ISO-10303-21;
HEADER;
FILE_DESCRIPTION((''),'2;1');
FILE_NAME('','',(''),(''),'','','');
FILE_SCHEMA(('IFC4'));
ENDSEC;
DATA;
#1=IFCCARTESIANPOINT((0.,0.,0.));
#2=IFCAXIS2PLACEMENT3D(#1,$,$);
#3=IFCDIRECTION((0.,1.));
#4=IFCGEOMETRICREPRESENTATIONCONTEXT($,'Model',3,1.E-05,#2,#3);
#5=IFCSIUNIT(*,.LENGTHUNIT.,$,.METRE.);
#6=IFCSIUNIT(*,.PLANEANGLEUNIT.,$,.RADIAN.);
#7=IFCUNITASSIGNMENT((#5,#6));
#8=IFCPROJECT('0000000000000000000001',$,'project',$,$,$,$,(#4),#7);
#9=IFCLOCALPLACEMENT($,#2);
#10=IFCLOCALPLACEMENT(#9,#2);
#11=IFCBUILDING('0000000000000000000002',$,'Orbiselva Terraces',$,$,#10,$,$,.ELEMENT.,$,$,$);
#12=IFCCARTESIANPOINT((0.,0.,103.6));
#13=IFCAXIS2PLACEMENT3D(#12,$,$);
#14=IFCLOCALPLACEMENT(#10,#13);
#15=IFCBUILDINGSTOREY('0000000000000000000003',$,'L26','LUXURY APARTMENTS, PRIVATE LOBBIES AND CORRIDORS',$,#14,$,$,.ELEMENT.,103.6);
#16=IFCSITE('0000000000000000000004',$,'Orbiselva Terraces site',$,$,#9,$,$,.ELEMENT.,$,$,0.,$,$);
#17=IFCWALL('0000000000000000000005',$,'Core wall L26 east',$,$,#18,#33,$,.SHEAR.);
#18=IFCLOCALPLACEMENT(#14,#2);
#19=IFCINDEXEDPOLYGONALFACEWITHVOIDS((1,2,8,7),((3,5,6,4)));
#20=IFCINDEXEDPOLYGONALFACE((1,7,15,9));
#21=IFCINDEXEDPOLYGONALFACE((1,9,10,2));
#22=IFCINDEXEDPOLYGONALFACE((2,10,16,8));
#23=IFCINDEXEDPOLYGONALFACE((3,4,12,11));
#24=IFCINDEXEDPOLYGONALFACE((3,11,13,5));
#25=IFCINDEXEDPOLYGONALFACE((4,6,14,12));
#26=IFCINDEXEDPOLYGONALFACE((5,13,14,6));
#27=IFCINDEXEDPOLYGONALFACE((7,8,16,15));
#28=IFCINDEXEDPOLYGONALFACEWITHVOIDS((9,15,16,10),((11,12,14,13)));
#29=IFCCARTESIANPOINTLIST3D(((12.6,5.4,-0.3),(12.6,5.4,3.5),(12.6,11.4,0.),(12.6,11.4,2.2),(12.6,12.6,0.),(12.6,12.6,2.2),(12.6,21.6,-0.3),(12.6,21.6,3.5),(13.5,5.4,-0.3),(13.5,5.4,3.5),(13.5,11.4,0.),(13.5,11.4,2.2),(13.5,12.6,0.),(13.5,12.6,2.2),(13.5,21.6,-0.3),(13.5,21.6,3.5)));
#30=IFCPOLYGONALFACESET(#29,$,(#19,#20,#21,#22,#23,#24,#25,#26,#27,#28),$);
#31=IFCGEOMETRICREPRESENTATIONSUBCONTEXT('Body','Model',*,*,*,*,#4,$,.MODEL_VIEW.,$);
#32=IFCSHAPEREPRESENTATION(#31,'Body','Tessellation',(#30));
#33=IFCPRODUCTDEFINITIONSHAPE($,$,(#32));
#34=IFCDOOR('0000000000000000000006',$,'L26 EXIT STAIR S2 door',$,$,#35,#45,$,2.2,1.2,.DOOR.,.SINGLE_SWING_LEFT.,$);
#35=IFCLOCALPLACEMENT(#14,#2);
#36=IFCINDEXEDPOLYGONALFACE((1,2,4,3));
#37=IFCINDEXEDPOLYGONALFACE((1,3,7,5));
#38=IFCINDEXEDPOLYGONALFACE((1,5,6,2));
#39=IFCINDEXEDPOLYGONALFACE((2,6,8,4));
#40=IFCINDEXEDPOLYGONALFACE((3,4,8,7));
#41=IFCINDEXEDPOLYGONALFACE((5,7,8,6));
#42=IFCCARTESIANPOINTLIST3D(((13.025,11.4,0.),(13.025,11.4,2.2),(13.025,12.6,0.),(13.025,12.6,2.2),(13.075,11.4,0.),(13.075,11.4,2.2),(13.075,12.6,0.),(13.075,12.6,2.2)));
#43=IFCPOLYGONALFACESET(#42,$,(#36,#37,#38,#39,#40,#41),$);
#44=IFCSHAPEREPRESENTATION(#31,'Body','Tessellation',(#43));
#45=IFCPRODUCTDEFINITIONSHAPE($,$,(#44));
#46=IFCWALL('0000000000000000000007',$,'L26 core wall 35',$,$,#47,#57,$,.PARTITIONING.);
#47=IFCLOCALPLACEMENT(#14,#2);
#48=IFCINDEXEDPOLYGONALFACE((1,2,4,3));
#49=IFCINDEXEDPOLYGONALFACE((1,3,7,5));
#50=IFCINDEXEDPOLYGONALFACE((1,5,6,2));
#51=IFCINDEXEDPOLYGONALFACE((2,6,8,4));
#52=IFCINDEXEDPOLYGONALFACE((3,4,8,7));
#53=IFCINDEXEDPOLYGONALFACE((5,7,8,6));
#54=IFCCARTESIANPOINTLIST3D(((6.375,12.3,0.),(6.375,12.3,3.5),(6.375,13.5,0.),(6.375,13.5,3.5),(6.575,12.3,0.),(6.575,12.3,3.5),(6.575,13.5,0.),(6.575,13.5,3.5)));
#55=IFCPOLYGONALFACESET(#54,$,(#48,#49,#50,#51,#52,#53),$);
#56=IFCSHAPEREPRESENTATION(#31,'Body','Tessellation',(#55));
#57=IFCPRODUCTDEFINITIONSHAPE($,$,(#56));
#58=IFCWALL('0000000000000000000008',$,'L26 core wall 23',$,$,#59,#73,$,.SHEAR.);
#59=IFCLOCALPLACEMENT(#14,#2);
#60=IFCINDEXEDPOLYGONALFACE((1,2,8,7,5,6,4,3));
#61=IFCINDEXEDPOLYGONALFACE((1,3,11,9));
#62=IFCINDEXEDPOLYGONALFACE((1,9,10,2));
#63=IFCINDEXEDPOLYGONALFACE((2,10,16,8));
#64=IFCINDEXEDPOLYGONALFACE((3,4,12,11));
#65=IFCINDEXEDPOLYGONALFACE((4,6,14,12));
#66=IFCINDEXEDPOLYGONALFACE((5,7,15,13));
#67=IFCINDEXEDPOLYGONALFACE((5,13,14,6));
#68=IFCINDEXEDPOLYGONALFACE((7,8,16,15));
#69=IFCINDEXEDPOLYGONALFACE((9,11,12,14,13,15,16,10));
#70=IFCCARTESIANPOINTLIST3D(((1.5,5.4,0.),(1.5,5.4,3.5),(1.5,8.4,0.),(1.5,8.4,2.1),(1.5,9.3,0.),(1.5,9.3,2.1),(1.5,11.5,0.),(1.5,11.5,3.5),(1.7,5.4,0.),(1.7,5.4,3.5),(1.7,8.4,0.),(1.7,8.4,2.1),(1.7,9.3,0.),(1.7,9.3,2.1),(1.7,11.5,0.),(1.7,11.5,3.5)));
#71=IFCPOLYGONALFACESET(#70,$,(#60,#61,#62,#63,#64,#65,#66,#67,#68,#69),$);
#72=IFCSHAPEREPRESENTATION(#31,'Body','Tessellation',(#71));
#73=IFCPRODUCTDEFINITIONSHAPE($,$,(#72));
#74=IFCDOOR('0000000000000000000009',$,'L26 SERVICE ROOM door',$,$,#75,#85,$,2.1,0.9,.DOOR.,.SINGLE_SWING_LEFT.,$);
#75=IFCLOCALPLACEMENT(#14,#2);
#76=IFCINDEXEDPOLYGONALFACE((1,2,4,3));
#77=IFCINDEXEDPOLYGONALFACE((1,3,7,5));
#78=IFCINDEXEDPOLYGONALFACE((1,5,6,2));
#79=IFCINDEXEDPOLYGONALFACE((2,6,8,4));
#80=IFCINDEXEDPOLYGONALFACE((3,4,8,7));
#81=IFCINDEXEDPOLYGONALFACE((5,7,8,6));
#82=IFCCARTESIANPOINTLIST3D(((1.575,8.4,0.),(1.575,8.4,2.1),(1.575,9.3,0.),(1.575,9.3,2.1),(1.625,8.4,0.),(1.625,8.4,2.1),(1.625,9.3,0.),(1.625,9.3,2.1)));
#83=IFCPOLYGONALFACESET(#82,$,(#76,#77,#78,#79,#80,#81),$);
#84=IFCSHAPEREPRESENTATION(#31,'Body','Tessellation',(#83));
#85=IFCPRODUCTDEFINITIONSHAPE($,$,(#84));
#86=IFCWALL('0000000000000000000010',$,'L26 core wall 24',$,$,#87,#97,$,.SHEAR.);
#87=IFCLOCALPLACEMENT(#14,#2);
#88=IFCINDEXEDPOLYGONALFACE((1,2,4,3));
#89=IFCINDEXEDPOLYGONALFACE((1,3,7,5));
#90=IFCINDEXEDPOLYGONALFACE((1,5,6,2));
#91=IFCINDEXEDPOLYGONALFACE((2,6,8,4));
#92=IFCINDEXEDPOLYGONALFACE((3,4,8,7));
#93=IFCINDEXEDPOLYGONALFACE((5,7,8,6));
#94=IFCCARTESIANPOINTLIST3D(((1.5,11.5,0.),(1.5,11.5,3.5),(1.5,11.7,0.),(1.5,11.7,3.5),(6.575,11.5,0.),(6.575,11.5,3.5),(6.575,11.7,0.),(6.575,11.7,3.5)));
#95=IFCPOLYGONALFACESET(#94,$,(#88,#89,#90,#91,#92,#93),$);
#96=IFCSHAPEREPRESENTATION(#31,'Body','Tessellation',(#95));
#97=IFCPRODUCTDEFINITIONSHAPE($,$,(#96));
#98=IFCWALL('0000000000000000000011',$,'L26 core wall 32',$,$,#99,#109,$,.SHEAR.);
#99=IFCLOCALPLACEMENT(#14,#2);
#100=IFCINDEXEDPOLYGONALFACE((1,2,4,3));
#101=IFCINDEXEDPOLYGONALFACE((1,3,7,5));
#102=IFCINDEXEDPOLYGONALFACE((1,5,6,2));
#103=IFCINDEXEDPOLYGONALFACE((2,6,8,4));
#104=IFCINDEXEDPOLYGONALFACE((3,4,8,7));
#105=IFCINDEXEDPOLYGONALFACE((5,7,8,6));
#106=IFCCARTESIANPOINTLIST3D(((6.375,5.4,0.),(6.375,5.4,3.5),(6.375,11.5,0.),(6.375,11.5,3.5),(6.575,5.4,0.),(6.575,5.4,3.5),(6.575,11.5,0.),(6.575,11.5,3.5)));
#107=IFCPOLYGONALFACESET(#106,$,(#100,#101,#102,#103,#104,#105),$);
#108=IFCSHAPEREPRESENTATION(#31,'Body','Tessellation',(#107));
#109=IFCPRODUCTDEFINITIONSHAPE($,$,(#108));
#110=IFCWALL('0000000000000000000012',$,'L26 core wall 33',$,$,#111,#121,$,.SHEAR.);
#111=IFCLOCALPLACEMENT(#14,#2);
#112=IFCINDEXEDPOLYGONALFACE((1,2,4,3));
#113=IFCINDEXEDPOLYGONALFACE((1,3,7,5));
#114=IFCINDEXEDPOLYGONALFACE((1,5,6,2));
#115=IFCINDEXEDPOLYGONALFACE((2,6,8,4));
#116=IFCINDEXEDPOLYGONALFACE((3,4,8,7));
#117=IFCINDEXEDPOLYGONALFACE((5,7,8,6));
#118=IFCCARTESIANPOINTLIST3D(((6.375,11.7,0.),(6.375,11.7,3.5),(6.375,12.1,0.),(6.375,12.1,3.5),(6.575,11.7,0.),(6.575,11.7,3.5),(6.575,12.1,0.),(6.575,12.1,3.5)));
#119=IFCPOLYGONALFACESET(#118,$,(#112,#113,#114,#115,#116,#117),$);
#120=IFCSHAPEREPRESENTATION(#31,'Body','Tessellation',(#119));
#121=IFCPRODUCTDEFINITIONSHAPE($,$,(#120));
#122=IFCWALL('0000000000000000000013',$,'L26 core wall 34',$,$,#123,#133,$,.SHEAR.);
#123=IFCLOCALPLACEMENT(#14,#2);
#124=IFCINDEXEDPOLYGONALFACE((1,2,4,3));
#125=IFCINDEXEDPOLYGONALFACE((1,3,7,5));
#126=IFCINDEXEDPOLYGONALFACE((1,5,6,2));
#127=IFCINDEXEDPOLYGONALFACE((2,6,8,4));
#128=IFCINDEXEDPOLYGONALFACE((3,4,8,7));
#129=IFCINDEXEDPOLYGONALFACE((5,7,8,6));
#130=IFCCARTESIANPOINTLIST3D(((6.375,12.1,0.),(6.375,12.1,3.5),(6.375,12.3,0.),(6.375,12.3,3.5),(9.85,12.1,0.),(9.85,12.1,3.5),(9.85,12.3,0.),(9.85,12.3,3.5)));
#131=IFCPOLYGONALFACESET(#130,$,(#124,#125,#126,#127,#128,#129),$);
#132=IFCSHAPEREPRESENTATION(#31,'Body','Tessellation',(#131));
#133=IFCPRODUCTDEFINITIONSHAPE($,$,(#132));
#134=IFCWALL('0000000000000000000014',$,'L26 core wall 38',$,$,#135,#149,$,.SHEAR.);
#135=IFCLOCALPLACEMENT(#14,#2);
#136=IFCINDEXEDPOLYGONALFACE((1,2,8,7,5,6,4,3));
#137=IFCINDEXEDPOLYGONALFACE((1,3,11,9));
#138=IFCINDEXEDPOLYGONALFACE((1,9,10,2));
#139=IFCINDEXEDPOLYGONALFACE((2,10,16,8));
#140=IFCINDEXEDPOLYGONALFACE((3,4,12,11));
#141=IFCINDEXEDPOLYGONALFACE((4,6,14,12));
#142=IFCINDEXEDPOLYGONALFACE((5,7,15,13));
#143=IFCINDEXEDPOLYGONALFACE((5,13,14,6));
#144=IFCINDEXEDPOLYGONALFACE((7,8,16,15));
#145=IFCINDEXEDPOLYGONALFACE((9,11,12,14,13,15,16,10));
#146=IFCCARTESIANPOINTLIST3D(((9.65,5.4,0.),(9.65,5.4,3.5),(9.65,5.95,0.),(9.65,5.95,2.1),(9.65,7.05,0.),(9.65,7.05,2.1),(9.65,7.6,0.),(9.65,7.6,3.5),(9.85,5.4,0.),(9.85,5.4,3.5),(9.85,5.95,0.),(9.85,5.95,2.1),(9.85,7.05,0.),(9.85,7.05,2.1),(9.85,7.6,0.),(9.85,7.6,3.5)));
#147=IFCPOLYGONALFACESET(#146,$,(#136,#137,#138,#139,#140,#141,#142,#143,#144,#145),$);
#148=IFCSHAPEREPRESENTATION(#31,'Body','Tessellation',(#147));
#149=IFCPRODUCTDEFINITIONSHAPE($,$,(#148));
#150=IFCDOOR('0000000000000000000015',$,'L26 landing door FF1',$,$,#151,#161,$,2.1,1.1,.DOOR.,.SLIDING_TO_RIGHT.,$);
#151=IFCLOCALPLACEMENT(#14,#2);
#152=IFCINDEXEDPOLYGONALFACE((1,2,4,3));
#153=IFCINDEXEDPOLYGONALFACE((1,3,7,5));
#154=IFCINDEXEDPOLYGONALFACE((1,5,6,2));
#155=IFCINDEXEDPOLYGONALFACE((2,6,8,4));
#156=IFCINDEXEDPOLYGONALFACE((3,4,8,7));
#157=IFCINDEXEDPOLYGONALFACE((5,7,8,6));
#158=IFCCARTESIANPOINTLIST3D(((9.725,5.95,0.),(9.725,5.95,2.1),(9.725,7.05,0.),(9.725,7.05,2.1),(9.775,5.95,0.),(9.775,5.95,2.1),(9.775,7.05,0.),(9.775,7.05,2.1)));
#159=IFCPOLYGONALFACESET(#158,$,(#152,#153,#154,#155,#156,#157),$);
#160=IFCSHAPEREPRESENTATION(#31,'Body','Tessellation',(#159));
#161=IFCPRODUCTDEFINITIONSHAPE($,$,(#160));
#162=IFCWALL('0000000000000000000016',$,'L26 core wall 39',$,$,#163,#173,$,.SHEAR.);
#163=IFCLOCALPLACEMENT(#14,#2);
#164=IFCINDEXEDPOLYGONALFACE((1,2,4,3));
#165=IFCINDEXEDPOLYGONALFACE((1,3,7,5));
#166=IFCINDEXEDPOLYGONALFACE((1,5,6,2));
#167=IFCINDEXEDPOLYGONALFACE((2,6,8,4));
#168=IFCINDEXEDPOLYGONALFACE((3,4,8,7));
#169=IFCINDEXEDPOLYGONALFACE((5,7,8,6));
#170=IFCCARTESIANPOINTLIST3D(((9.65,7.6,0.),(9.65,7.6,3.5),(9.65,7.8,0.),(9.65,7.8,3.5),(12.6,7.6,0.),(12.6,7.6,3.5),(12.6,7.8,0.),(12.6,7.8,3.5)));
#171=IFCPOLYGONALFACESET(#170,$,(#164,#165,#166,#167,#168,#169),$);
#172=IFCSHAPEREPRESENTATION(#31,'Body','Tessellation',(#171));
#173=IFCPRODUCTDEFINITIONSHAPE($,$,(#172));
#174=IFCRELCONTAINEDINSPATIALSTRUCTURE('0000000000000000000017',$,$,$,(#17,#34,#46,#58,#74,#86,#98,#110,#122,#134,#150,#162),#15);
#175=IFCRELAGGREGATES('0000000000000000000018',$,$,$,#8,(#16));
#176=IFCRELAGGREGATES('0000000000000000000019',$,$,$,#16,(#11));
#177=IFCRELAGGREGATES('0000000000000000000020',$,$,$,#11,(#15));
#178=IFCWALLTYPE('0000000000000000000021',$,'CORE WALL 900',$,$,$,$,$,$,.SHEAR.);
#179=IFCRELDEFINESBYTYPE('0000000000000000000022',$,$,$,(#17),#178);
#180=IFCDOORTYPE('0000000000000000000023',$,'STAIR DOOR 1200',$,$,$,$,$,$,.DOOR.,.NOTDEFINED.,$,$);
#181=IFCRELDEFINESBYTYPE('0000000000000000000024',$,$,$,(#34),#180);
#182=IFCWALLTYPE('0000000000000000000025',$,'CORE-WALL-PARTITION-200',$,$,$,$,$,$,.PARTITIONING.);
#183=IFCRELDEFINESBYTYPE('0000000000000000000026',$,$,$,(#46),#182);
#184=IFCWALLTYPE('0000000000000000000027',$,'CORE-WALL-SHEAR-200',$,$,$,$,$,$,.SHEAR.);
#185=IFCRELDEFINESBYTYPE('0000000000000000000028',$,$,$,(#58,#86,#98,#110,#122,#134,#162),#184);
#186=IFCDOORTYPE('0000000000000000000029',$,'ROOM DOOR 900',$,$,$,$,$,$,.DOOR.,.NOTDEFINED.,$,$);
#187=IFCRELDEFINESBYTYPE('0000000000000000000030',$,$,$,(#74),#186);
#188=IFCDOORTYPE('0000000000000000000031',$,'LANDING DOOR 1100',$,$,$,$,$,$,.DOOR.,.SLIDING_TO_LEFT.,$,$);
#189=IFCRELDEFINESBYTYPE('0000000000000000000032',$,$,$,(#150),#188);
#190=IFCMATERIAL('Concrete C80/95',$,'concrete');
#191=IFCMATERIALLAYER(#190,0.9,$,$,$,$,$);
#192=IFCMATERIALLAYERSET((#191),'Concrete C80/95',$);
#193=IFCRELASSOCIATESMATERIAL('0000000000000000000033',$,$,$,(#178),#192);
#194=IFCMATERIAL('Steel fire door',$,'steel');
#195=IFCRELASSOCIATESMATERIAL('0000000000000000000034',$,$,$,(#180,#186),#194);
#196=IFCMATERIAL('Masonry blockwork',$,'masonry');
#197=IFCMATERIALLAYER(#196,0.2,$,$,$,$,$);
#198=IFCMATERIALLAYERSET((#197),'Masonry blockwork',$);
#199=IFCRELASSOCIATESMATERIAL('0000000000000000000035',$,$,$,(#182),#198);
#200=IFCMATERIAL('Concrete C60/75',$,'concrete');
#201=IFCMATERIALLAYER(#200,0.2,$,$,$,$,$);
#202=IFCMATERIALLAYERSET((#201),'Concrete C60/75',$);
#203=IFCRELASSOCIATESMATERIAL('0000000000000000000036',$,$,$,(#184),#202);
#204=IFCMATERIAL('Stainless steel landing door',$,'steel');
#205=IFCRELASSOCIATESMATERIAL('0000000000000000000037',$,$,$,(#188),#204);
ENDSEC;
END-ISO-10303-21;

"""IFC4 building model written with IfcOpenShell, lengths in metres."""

from ifc_helpers import new_model, si_unit, direction, frame, frame_2d, origin, place, context, subcontext, project, spatial, rectangle, extrude, material, layer, layer_set, type_object, element, fill, save


model = new_model("IFC4")

# Units and contexts
model_context = context("Model", 3, precision=1e-05, world=origin(), true_north=direction((0.0, 1.0)))
body_context = subcontext(model_context, "Body", "Model", "MODEL_VIEW")
ifc_project = project(units=[si_unit("LENGTHUNIT", "METRE"), si_unit("PLANEANGLEUNIT", "RADIAN")], contexts=[model_context])

# Site, building, storey
site_placement = place(None, origin())
site = spatial("IfcSite", under=ifc_project, at=site_placement, Name="Orbiselva Terraces site", CompositionType="ELEMENT", RefElevation=0.0)
building_placement = place(site_placement, origin())
building = spatial("IfcBuilding", under=site, at=building_placement, Name="Orbiselva Terraces", CompositionType="ELEMENT")
storey_placement = place(building_placement, frame((0.0, 0.0, 103.6)))
storey = spatial("IfcBuildingStorey", under=building, at=storey_placement, Name="L26", Description="LUXURY APARTMENTS, PRIVATE LOBBIES AND CORRIDORS", CompositionType="ELEMENT", Elevation=103.6)

# Wall, opening, door
ifc_material_1 = material(Name="Concrete C80/95", Category="concrete")
ifc_layer_1 = layer(ifc_material_1, 0.9)
ifc_layer_set_1 = layer_set([ifc_layer_1], Name="Concrete C80/95")
wall_type_1 = type_object("IfcWallType", Name="CORE WALL 900", PredefinedType="SHEAR", material=ifc_layer_set_1)
wall_1_placement = place(storey_placement, frame((13.05, 5.4, -0.3), z_axis=(0.0, 0.0, 1.0), x_axis=(0.0, 1.0, 0.0)))
wall_1 = element("IfcWall", 1, at=wall_1_placement, inside=storey, type_object=wall_type_1, Name="Core wall L26 east", PredefinedType="SHEAR", context=body_context, shape_type="SweptSolid", body=[
    extrude(rectangle(XDim=16.2, YDim=0.9, at=frame_2d((8.1, 0.0))), origin(), (0.0, 0.0, 1.0), 3.8),
])
opening_1_placement = place(wall_1_placement, frame((6.0, 0.0, 0.3)))
opening_1 = element("IfcOpeningElement", 2, at=opening_1_placement, cuts=wall_1, PredefinedType="OPENING", context=body_context, shape_type="SweptSolid", body=[
    extrude(rectangle(XDim=1.2, YDim=2.2, at=frame_2d((0.6, 1.1))), frame((0.0, 0.46, 0.0), z_axis=(0.0, -1.0, 0.0), x_axis=(1.0, 0.0, 0.0)), (0.0, 0.0, 1.0), 0.92),
])
ifc_material_2 = material(Name="Steel fire door", Category="steel")
door_type_1 = type_object("IfcDoorType", Name="STAIR DOOR 1200", OperationType="NOTDEFINED", PredefinedType="DOOR", material=ifc_material_2)
door_1_placement = place(opening_1_placement, frame((1.2, 0.0, 0.0), z_axis=(0.0, 0.0, 1.0), x_axis=(-1.0, 0.0, 0.0)))
door_1 = element("IfcDoor", 3, at=door_1_placement, inside=storey, type_object=door_type_1, Name="L26 EXIT STAIR S2 door", OperationType="SINGLE_SWING_LEFT", OverallHeight=2.2, OverallWidth=1.2, PredefinedType="DOOR", context=body_context, shape_type="SweptSolid", body=[
    extrude(rectangle(XDim=1.2, YDim=2.2, at=frame_2d((0.6, 1.1))), frame((0.0, 0.025, 0.0), z_axis=(0.0, -1.0, 0.0), x_axis=(1.0, 0.0, 0.0)), (0.0, 0.0, 1.0), 0.05),
])
fill(opening_1, door_1)

# Wall
ifc_material_3 = material(Name="Masonry blockwork", Category="masonry")
ifc_layer_2 = layer(ifc_material_3, 0.2)
ifc_layer_set_2 = layer_set([ifc_layer_2], Name="Masonry blockwork")
wall_type_2 = type_object("IfcWallType", Name="CORE-WALL-PARTITION-200", PredefinedType="PARTITIONING", material=ifc_layer_set_2)
wall_2_placement = place(storey_placement, frame((6.475, 12.3, 0.0), z_axis=(0.0, 0.0, 1.0), x_axis=(0.0, 1.0, 0.0)))
element("IfcWall", 4, at=wall_2_placement, inside=storey, type_object=wall_type_2, Name="L26 core wall 35", PredefinedType="PARTITIONING", context=body_context, shape_type="SweptSolid", body=[
    extrude(rectangle(XDim=1.2, YDim=0.2, at=frame_2d((0.6, 0.0))), origin(), (0.0, 0.0, 1.0), 3.5),
])

# Wall, opening, door
ifc_material_4 = material(Name="Concrete C60/75", Category="concrete")
ifc_layer_3 = layer(ifc_material_4, 0.2)
ifc_layer_set_3 = layer_set([ifc_layer_3], Name="Concrete C60/75")
wall_type_3 = type_object("IfcWallType", Name="CORE-WALL-SHEAR-200", PredefinedType="SHEAR", material=ifc_layer_set_3)
wall_3_placement = place(storey_placement, frame((1.6, 11.5, 0.0), z_axis=(0.0, 0.0, 1.0), x_axis=(0.0, -1.0, 0.0)))
wall_3 = element("IfcWall", 5, at=wall_3_placement, inside=storey, type_object=wall_type_3, Name="L26 core wall 23", PredefinedType="SHEAR", context=body_context, shape_type="SweptSolid", body=[
    extrude(rectangle(XDim=6.1, YDim=0.2, at=frame_2d((3.05, 0.0))), origin(), (0.0, 0.0, 1.0), 3.5),
])
opening_2_placement = place(wall_3_placement, frame((2.2, 0.0, 0.0)))
opening_2 = element("IfcOpeningElement", 6, at=opening_2_placement, cuts=wall_3, PredefinedType="OPENING", context=body_context, shape_type="SweptSolid", body=[
    extrude(rectangle(XDim=0.9, YDim=2.1, at=frame_2d((0.45, 1.05))), frame((0.0, 0.11, 0.0), z_axis=(0.0, -1.0, 0.0), x_axis=(1.0, 0.0, 0.0)), (0.0, 0.0, 1.0), 0.22),
])
door_type_2 = type_object("IfcDoorType", Name="ROOM DOOR 900", OperationType="NOTDEFINED", PredefinedType="DOOR", material=ifc_material_2)
door_2_placement = place(opening_2_placement, origin())
door_2 = element("IfcDoor", 7, at=door_2_placement, inside=storey, type_object=door_type_2, Name="L26 SERVICE ROOM door", OperationType="SINGLE_SWING_LEFT", OverallHeight=2.1, OverallWidth=0.9, PredefinedType="DOOR", context=body_context, shape_type="SweptSolid", body=[
    extrude(rectangle(XDim=0.9, YDim=2.1, at=frame_2d((0.45, 1.05))), frame((0.0, 0.025, 0.0), z_axis=(0.0, -1.0, 0.0), x_axis=(1.0, 0.0, 0.0)), (0.0, 0.0, 1.0), 0.05),
])
fill(opening_2, door_2)

# Walls
wall_4_placement = place(storey_placement, frame((1.5, 11.6, 0.0), z_axis=(0.0, 0.0, 1.0), x_axis=(1.0, 0.0, 0.0)))
element("IfcWall", 8, at=wall_4_placement, inside=storey, type_object=wall_type_3, Name="L26 core wall 24", PredefinedType="SHEAR", context=body_context, shape_type="SweptSolid", body=[
    extrude(rectangle(XDim=5.075, YDim=0.2, at=frame_2d((2.5375, 0.0))), origin(), (0.0, 0.0, 1.0), 3.5),
])
wall_5_placement = place(storey_placement, frame((6.475, 5.4, 0.0), z_axis=(0.0, 0.0, 1.0), x_axis=(0.0, 1.0, 0.0)))
element("IfcWall", 9, at=wall_5_placement, inside=storey, type_object=wall_type_3, Name="L26 core wall 32", PredefinedType="SHEAR", context=body_context, shape_type="SweptSolid", body=[
    extrude(rectangle(XDim=6.1, YDim=0.2, at=frame_2d((3.05, 0.0))), origin(), (0.0, 0.0, 1.0), 3.5),
])
wall_6_placement = place(storey_placement, frame((6.475, 11.7, 0.0), z_axis=(0.0, 0.0, 1.0), x_axis=(0.0, 1.0, 0.0)))
element("IfcWall", 10, at=wall_6_placement, inside=storey, type_object=wall_type_3, Name="L26 core wall 33", PredefinedType="SHEAR", context=body_context, shape_type="SweptSolid", body=[
    extrude(rectangle(XDim=0.4, YDim=0.2, at=frame_2d((0.2, 0.0))), origin(), (0.0, 0.0, 1.0), 3.5),
])
wall_7_placement = place(storey_placement, frame((6.375, 12.2, 0.0), z_axis=(0.0, 0.0, 1.0), x_axis=(1.0, 0.0, 0.0)))
element("IfcWall", 11, at=wall_7_placement, inside=storey, type_object=wall_type_3, Name="L26 core wall 34", PredefinedType="SHEAR", context=body_context, shape_type="SweptSolid", body=[
    extrude(rectangle(XDim=3.475, YDim=0.2, at=frame_2d((1.7375, 0.0))), origin(), (0.0, 0.0, 1.0), 3.5),
])

# Wall, opening, door
wall_8_placement = place(storey_placement, frame((9.75, 5.4, 0.0), z_axis=(0.0, 0.0, 1.0), x_axis=(0.0, 1.0, 0.0)))
wall_8 = element("IfcWall", 12, at=wall_8_placement, inside=storey, type_object=wall_type_3, Name="L26 core wall 38", PredefinedType="SHEAR", context=body_context, shape_type="SweptSolid", body=[
    extrude(rectangle(XDim=2.2, YDim=0.2, at=frame_2d((1.1, 0.0))), origin(), (0.0, 0.0, 1.0), 3.5),
])
opening_3_placement = place(wall_8_placement, frame((0.55, 0.0, 0.0)))
opening_3 = element("IfcOpeningElement", 13, at=opening_3_placement, cuts=wall_8, PredefinedType="OPENING", context=body_context, shape_type="SweptSolid", body=[
    extrude(rectangle(XDim=1.1, YDim=2.1, at=frame_2d((0.55, 1.05))), frame((0.0, 0.11, 0.0), z_axis=(0.0, -1.0, 0.0), x_axis=(1.0, 0.0, 0.0)), (0.0, 0.0, 1.0), 0.22),
])
ifc_material_5 = material(Name="Stainless steel landing door", Category="steel")
door_type_3 = type_object("IfcDoorType", Name="LANDING DOOR 1100", OperationType="SLIDING_TO_LEFT", PredefinedType="DOOR", material=ifc_material_5)
door_3_placement = place(opening_3_placement, origin())
door_3 = element("IfcDoor", 14, at=door_3_placement, inside=storey, type_object=door_type_3, Name="L26 landing door FF1", OperationType="SLIDING_TO_RIGHT", OverallHeight=2.1, OverallWidth=1.1, PredefinedType="DOOR", context=body_context, shape_type="SweptSolid", body=[
    extrude(rectangle(XDim=1.1, YDim=2.1, at=frame_2d((0.55, 1.05))), frame((0.0, 0.025, 0.0), z_axis=(0.0, -1.0, 0.0), x_axis=(1.0, 0.0, 0.0)), (0.0, 0.0, 1.0), 0.05),
])
fill(opening_3, door_3)

# Wall
wall_9_placement = place(storey_placement, frame((9.65, 7.7, 0.0), z_axis=(0.0, 0.0, 1.0), x_axis=(1.0, 0.0, 0.0)))
element("IfcWall", 15, at=wall_9_placement, inside=storey, type_object=wall_type_3, Name="L26 core wall 39", PredefinedType="SHEAR", context=body_context, shape_type="SweptSolid", body=[
    extrude(rectangle(XDim=2.95, YDim=0.2, at=frame_2d((1.475, 0.0))), origin(), (0.0, 0.0, 1.0), 3.5),
])

save(model, "model.ifc")
